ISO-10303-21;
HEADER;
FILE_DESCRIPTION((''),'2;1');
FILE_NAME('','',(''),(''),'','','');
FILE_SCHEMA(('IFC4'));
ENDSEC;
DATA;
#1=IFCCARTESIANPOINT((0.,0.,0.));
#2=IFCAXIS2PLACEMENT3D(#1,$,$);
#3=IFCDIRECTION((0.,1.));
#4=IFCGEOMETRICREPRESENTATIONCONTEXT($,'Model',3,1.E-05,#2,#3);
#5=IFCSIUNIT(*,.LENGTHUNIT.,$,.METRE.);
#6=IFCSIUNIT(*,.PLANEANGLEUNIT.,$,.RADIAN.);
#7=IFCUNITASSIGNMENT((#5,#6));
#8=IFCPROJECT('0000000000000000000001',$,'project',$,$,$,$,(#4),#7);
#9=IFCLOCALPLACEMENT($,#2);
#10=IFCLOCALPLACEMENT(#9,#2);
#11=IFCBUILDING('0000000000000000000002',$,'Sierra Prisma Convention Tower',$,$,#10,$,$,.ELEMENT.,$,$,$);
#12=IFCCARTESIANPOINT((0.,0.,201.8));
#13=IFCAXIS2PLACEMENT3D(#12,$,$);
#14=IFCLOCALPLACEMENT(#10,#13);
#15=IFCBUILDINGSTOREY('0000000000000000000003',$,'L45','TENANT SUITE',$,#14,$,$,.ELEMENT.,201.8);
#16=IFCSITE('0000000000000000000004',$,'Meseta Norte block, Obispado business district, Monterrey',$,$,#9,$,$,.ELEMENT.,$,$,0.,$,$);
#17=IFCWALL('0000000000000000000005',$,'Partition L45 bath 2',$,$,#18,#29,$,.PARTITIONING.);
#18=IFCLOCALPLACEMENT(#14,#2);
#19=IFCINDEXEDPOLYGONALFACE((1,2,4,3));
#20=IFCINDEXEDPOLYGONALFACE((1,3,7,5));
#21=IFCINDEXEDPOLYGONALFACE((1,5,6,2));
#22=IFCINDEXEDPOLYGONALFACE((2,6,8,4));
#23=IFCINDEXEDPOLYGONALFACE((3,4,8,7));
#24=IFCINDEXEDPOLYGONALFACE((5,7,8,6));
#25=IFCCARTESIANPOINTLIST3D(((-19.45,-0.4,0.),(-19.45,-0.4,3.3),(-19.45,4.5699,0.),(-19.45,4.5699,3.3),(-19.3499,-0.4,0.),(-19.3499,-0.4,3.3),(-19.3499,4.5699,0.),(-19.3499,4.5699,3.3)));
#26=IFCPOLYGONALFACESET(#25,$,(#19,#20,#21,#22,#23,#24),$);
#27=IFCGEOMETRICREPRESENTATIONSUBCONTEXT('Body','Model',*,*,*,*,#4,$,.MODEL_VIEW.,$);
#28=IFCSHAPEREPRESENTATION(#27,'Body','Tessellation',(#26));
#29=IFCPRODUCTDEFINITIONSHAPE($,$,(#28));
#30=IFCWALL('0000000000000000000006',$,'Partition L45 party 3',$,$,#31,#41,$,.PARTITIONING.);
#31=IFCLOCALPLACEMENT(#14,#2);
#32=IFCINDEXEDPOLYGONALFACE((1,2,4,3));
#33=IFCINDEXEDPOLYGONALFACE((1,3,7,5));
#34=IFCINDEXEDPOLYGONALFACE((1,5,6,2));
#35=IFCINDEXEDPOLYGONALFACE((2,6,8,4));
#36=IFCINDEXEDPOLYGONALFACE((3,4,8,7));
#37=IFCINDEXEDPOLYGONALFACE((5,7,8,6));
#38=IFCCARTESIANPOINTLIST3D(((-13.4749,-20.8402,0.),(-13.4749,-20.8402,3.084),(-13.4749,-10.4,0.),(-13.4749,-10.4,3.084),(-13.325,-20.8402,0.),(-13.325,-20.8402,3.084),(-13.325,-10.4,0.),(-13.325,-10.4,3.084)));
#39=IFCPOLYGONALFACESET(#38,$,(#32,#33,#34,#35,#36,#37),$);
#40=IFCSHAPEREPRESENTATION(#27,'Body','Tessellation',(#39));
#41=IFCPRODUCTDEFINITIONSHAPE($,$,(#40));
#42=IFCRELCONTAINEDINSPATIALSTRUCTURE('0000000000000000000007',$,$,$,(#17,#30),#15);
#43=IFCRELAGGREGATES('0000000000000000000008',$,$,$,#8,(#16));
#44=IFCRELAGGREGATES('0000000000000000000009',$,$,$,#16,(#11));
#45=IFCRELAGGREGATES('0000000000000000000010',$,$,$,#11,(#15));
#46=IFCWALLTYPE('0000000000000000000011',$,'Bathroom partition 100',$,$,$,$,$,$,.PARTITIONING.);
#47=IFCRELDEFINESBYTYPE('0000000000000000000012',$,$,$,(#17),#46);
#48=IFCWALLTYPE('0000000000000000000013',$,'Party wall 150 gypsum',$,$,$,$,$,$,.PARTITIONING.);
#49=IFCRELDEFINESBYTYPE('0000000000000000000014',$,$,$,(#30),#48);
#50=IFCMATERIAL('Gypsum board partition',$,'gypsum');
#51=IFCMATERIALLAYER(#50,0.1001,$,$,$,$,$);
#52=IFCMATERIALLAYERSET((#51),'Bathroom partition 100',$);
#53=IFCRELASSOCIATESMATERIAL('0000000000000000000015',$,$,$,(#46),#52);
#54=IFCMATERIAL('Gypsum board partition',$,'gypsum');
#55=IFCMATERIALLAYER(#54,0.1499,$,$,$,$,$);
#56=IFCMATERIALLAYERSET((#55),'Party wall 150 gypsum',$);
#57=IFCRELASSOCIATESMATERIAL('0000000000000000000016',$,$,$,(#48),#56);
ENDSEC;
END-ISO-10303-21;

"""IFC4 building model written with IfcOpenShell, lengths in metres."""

from ifc_helpers import new_model, si_unit, direction, frame, frame_2d, origin, place, context, subcontext, project, spatial, rectangle, extrude, material, layer, layer_set, type_object, element, save


model = new_model("IFC4")

# Units and contexts
model_context = context("Model", 3, precision=1e-05, world=origin(), true_north=direction((0.0, 1.0)))
body_context = subcontext(model_context, "Body", "Model", "MODEL_VIEW")
ifc_project = project(units=[si_unit("LENGTHUNIT", "METRE"), si_unit("PLANEANGLEUNIT", "RADIAN")], contexts=[model_context])

# Site, building, storey
site_placement = place(None, origin())
site = spatial("IfcSite", under=ifc_project, at=site_placement, Name="Meseta Norte block, Obispado business district, Monterrey", CompositionType="ELEMENT", RefElevation=0.0)
building_placement = place(site_placement, origin())
building = spatial("IfcBuilding", under=site, at=building_placement, Name="Sierra Prisma Convention Tower", CompositionType="ELEMENT")
storey_placement = place(building_placement, frame((0.0, 0.0, 201.8)))
storey = spatial("IfcBuildingStorey", under=building, at=storey_placement, Name="L45", Description="TENANT SUITE", CompositionType="ELEMENT", Elevation=201.8)

# Walls
ifc_material_1 = material(Name="Gypsum board partition", Category="gypsum")
ifc_layer_1 = layer(ifc_material_1, 0.1001)
ifc_layer_set_1 = layer_set([ifc_layer_1], Name="Bathroom partition 100")
wall_type_1 = type_object("IfcWallType", Name="Bathroom partition 100", PredefinedType="PARTITIONING", material=ifc_layer_set_1)
wall_1_placement = place(storey_placement, frame((-19.3999, -0.3999, 0.0), z_axis=(0.0, 0.0, 1.0), x_axis=(0.0, 1.0, 0.0)))
element("IfcWall", 1, at=wall_1_placement, inside=storey, type_object=wall_type_1, Name="Partition L45 bath 2", PredefinedType="PARTITIONING", context=body_context, shape_type="SweptSolid", body=[
    extrude(rectangle(XDim=4.97, YDim=0.1001, at=frame_2d((2.4849, 0.0))), origin(), (0.0, 0.0, 1.0), 3.3),
])
ifc_material_2 = material(Name="Gypsum board partition", Category="gypsum")
ifc_layer_2 = layer(ifc_material_2, 0.1499)
ifc_layer_set_2 = layer_set([ifc_layer_2], Name="Party wall 150 gypsum")
wall_type_2 = type_object("IfcWallType", Name="Party wall 150 gypsum", PredefinedType="PARTITIONING", material=ifc_layer_set_2)
wall_2_placement = place(storey_placement, frame((-13.3999, -10.3999, 0.0), z_axis=(0.0, 0.0, 1.0), x_axis=(0.0, -1.0, 0.0)))
element("IfcWall", 2, at=wall_2_placement, inside=storey, type_object=wall_type_2, Name="Partition L45 party 3", PredefinedType="PARTITIONING", context=body_context, shape_type="SweptSolid", body=[
    extrude(rectangle(XDim=10.4402, YDim=0.1499, at=frame_2d((5.2202, 0.0))), origin(), (0.0, 0.0, 1.0), 3.084),
])

save(model, "model.ifc")
